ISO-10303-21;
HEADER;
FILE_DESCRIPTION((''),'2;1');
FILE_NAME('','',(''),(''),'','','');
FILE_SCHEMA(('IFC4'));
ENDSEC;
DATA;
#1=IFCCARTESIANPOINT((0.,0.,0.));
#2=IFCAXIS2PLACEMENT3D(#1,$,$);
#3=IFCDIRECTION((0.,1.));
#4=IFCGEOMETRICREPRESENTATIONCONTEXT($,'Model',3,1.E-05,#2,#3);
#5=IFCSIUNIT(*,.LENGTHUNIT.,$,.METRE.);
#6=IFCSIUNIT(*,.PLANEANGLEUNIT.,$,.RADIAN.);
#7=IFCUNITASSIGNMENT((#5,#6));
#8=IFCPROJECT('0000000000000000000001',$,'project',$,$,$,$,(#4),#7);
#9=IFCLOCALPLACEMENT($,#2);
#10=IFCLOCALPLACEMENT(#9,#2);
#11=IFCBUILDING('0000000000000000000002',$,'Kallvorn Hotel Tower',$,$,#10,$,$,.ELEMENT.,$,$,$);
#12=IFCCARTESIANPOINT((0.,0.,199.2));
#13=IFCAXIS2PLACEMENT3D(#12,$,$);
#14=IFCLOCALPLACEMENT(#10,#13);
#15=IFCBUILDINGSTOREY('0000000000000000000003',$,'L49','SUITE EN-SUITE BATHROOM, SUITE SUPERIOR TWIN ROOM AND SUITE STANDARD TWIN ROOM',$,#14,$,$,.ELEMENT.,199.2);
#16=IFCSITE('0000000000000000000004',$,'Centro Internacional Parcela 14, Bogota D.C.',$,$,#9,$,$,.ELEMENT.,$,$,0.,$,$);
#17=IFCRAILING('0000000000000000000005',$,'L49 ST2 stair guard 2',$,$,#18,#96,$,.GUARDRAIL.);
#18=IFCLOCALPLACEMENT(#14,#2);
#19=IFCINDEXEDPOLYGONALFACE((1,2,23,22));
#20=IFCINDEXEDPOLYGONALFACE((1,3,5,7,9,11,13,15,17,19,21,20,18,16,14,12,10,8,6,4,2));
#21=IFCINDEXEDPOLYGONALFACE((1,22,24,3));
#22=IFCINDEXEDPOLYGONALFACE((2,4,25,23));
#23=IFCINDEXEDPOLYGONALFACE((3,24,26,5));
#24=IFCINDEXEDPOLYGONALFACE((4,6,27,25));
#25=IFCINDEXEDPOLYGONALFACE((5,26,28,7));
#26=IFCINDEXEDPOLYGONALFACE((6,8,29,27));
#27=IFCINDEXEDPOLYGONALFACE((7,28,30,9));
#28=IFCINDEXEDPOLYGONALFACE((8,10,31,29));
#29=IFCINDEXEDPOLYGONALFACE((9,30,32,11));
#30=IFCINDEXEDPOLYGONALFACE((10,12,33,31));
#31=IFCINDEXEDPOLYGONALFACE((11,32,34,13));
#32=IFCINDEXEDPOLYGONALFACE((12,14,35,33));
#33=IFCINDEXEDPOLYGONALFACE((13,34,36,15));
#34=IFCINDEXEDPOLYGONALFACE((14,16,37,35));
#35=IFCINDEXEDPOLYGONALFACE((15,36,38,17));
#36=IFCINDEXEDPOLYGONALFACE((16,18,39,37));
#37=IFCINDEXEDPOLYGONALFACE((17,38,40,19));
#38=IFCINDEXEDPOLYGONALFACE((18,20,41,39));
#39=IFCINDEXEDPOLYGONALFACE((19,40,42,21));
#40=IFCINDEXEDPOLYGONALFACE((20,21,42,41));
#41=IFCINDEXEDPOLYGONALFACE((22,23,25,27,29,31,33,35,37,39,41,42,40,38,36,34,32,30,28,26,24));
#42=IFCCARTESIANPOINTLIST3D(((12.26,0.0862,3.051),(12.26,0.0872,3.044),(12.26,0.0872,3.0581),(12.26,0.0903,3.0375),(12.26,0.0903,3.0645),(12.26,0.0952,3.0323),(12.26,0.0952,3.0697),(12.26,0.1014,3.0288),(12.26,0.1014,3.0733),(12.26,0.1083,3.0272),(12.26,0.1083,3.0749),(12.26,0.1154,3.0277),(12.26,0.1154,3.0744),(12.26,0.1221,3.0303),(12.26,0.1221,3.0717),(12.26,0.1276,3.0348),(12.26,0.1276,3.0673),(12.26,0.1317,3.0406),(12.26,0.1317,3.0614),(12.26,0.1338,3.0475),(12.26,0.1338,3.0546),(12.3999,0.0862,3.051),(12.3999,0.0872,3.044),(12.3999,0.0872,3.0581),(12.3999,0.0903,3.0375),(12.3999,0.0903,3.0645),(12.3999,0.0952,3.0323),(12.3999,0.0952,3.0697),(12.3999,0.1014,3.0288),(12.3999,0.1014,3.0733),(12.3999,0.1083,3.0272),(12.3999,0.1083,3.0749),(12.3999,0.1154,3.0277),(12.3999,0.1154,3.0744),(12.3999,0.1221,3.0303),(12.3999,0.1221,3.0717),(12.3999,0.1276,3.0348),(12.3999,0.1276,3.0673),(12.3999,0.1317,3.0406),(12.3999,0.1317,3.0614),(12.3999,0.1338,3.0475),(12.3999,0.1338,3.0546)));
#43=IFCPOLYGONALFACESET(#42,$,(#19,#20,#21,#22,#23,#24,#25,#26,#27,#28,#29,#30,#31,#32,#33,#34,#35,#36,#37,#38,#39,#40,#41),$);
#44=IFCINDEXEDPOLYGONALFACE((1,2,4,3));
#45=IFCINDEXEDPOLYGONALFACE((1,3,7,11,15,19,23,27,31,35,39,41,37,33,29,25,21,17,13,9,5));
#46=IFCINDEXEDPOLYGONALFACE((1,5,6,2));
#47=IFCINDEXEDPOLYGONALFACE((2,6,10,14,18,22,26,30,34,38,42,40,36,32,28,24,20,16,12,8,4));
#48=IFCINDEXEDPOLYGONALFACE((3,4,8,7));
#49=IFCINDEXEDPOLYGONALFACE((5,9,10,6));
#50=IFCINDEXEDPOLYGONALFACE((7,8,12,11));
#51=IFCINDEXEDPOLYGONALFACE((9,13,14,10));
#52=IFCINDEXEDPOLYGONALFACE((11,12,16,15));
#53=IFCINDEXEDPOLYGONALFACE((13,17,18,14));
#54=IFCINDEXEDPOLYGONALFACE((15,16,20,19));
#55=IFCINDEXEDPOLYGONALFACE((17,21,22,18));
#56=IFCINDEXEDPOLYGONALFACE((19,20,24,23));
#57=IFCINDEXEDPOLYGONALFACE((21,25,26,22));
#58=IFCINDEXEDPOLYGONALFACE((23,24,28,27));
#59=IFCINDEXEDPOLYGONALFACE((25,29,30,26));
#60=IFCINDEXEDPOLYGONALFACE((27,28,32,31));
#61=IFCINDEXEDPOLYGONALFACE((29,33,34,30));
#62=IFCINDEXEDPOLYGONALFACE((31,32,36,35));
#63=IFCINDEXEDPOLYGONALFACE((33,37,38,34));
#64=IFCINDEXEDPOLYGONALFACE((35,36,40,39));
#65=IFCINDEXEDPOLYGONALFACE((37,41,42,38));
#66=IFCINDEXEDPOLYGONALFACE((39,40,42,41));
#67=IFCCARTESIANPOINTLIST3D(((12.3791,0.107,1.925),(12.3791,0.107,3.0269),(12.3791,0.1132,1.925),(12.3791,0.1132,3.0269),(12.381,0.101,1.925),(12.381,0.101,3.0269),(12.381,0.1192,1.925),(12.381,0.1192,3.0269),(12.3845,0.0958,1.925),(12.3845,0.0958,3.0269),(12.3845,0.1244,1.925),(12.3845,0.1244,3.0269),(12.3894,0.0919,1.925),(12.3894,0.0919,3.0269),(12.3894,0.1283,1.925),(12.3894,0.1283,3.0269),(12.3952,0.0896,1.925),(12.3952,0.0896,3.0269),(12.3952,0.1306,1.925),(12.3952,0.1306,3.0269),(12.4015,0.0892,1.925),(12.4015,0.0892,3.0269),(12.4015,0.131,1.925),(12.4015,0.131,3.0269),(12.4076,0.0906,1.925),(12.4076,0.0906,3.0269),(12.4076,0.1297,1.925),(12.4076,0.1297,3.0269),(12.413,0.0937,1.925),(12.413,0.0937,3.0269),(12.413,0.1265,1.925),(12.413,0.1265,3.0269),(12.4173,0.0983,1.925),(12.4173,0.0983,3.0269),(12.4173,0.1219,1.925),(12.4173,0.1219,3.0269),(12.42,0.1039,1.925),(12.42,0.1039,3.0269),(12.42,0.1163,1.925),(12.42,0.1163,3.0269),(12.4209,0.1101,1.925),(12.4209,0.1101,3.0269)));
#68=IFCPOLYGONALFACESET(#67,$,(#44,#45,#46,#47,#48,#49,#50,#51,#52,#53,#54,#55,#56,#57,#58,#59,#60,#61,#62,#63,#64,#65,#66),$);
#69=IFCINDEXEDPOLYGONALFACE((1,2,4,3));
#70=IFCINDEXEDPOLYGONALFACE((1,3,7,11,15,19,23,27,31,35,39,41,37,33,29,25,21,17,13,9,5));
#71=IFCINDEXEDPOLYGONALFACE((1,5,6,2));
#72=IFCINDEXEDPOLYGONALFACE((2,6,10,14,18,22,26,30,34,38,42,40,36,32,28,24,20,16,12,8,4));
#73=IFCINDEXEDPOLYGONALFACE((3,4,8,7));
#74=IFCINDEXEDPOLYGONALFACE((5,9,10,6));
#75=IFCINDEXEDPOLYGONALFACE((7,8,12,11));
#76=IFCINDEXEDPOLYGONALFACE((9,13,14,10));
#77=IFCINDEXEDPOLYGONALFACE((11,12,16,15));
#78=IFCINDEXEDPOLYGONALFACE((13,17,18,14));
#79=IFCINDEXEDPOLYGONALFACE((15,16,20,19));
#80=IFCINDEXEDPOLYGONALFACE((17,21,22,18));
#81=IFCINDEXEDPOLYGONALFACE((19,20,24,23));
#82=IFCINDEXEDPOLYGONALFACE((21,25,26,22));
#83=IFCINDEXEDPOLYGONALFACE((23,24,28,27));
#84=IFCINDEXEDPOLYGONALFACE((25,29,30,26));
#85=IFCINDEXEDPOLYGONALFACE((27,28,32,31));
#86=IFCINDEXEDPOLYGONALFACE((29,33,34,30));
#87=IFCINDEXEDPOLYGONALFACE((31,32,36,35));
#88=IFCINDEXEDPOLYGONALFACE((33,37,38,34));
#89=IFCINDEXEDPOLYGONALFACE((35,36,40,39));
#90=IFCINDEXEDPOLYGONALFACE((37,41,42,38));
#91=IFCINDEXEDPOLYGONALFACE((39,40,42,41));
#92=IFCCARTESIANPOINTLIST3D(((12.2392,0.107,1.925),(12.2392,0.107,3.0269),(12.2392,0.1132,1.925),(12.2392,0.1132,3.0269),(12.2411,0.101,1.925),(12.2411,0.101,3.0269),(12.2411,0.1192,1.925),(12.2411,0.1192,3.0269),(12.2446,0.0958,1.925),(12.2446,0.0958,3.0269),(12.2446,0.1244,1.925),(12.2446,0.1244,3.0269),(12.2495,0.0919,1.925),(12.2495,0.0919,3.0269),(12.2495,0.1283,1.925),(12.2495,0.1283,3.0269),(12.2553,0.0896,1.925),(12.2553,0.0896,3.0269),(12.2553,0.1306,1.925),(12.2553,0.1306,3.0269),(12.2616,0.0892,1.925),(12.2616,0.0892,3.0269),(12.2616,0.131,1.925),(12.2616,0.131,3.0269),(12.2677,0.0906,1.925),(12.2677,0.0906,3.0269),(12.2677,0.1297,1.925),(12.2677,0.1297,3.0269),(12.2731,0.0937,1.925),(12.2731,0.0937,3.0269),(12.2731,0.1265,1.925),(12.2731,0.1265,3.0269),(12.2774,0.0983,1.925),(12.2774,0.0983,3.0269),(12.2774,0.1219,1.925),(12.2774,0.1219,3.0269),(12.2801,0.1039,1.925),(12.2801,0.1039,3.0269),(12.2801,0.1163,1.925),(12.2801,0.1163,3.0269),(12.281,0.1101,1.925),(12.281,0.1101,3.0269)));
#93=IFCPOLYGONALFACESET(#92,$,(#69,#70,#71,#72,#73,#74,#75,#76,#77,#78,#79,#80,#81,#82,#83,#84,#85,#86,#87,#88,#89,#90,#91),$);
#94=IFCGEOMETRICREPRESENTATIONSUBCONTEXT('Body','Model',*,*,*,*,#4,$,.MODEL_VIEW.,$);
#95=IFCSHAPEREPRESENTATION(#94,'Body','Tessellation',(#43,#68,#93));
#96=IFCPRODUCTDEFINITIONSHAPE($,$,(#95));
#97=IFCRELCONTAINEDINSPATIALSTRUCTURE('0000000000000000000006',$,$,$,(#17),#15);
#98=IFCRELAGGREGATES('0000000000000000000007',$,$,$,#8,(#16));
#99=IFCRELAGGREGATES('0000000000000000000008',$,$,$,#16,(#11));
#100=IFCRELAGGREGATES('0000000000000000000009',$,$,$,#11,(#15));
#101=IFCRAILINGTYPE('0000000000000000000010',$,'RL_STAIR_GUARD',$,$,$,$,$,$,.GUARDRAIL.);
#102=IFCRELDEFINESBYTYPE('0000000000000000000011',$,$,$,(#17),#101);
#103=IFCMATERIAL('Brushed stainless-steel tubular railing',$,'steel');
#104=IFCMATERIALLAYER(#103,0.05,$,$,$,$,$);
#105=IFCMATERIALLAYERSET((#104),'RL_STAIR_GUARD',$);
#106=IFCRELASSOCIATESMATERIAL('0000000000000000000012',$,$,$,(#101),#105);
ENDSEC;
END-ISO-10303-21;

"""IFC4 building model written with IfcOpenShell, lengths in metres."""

from ifc_helpers import new_model, si_unit, direction, frame, origin, origin_2d, place, context, subcontext, project, spatial, circle, extrude, material, layer, layer_set, type_object, element, save


model = new_model("IFC4")

# Units and contexts
model_context = context("Model", 3, precision=1e-05, world=origin(), true_north=direction((0.0, 1.0)))
body_context = subcontext(model_context, "Body", "Model", "MODEL_VIEW")
ifc_project = project(units=[si_unit("LENGTHUNIT", "METRE"), si_unit("PLANEANGLEUNIT", "RADIAN")], contexts=[model_context])

# Site, building, storey
site_placement = place(None, origin())
site = spatial("IfcSite", under=ifc_project, at=site_placement, Name="Centro Internacional Parcela 14, Bogota D.C.", CompositionType="ELEMENT", RefElevation=0.0)
building_placement = place(site_placement, origin())
building = spatial("IfcBuilding", under=site, at=building_placement, Name="Kallvorn Hotel Tower", CompositionType="ELEMENT")
storey_placement = place(building_placement, frame((0.0, 0.0, 199.2)))
storey = spatial("IfcBuildingStorey", under=building, at=storey_placement, Name="L49", Description="SUITE EN-SUITE BATHROOM, SUITE SUPERIOR TWIN ROOM AND SUITE STANDARD TWIN ROOM", CompositionType="ELEMENT", Elevation=199.2)

# Railing
ifc_material_1 = material(Name="Brushed stainless-steel tubular railing", Category="steel")
ifc_layer_1 = layer(ifc_material_1, 0.05)
ifc_layer_set_1 = layer_set([ifc_layer_1], Name="RL_STAIR_GUARD")
railing_type_1 = type_object("IfcRailingType", Name="RL_STAIR_GUARD", PredefinedType="GUARDRAIL", material=ifc_layer_set_1)
railing_1_placement = place(storey_placement, frame((12.3999, 0.1101, 1.925)))
element("IfcRailing", 1, at=railing_1_placement, inside=storey, type_object=railing_type_1, Name="L49 ST2 stair guard 2", PredefinedType="GUARDRAIL", context=body_context, shape_type="SweptSolid", body=[
    extrude(circle(Radius=0.0239, at=origin_2d()), frame((0.0, 0.0, 1.126), z_axis=(-1.0, 0.0, 0.0), x_axis=(0.0, -1.0, 0.0)), (0.0, 0.0, 1.0), 0.1399),
    extrude(circle(Radius=0.021, at=origin_2d()), origin(), (0.0, 0.0, 1.0), 1.1018),
    extrude(circle(Radius=0.021, at=origin_2d()), frame((-0.1399, 0.0, 0.0)), (0.0, 0.0, 1.0), 1.1018),
])

save(model, "model.ifc")
